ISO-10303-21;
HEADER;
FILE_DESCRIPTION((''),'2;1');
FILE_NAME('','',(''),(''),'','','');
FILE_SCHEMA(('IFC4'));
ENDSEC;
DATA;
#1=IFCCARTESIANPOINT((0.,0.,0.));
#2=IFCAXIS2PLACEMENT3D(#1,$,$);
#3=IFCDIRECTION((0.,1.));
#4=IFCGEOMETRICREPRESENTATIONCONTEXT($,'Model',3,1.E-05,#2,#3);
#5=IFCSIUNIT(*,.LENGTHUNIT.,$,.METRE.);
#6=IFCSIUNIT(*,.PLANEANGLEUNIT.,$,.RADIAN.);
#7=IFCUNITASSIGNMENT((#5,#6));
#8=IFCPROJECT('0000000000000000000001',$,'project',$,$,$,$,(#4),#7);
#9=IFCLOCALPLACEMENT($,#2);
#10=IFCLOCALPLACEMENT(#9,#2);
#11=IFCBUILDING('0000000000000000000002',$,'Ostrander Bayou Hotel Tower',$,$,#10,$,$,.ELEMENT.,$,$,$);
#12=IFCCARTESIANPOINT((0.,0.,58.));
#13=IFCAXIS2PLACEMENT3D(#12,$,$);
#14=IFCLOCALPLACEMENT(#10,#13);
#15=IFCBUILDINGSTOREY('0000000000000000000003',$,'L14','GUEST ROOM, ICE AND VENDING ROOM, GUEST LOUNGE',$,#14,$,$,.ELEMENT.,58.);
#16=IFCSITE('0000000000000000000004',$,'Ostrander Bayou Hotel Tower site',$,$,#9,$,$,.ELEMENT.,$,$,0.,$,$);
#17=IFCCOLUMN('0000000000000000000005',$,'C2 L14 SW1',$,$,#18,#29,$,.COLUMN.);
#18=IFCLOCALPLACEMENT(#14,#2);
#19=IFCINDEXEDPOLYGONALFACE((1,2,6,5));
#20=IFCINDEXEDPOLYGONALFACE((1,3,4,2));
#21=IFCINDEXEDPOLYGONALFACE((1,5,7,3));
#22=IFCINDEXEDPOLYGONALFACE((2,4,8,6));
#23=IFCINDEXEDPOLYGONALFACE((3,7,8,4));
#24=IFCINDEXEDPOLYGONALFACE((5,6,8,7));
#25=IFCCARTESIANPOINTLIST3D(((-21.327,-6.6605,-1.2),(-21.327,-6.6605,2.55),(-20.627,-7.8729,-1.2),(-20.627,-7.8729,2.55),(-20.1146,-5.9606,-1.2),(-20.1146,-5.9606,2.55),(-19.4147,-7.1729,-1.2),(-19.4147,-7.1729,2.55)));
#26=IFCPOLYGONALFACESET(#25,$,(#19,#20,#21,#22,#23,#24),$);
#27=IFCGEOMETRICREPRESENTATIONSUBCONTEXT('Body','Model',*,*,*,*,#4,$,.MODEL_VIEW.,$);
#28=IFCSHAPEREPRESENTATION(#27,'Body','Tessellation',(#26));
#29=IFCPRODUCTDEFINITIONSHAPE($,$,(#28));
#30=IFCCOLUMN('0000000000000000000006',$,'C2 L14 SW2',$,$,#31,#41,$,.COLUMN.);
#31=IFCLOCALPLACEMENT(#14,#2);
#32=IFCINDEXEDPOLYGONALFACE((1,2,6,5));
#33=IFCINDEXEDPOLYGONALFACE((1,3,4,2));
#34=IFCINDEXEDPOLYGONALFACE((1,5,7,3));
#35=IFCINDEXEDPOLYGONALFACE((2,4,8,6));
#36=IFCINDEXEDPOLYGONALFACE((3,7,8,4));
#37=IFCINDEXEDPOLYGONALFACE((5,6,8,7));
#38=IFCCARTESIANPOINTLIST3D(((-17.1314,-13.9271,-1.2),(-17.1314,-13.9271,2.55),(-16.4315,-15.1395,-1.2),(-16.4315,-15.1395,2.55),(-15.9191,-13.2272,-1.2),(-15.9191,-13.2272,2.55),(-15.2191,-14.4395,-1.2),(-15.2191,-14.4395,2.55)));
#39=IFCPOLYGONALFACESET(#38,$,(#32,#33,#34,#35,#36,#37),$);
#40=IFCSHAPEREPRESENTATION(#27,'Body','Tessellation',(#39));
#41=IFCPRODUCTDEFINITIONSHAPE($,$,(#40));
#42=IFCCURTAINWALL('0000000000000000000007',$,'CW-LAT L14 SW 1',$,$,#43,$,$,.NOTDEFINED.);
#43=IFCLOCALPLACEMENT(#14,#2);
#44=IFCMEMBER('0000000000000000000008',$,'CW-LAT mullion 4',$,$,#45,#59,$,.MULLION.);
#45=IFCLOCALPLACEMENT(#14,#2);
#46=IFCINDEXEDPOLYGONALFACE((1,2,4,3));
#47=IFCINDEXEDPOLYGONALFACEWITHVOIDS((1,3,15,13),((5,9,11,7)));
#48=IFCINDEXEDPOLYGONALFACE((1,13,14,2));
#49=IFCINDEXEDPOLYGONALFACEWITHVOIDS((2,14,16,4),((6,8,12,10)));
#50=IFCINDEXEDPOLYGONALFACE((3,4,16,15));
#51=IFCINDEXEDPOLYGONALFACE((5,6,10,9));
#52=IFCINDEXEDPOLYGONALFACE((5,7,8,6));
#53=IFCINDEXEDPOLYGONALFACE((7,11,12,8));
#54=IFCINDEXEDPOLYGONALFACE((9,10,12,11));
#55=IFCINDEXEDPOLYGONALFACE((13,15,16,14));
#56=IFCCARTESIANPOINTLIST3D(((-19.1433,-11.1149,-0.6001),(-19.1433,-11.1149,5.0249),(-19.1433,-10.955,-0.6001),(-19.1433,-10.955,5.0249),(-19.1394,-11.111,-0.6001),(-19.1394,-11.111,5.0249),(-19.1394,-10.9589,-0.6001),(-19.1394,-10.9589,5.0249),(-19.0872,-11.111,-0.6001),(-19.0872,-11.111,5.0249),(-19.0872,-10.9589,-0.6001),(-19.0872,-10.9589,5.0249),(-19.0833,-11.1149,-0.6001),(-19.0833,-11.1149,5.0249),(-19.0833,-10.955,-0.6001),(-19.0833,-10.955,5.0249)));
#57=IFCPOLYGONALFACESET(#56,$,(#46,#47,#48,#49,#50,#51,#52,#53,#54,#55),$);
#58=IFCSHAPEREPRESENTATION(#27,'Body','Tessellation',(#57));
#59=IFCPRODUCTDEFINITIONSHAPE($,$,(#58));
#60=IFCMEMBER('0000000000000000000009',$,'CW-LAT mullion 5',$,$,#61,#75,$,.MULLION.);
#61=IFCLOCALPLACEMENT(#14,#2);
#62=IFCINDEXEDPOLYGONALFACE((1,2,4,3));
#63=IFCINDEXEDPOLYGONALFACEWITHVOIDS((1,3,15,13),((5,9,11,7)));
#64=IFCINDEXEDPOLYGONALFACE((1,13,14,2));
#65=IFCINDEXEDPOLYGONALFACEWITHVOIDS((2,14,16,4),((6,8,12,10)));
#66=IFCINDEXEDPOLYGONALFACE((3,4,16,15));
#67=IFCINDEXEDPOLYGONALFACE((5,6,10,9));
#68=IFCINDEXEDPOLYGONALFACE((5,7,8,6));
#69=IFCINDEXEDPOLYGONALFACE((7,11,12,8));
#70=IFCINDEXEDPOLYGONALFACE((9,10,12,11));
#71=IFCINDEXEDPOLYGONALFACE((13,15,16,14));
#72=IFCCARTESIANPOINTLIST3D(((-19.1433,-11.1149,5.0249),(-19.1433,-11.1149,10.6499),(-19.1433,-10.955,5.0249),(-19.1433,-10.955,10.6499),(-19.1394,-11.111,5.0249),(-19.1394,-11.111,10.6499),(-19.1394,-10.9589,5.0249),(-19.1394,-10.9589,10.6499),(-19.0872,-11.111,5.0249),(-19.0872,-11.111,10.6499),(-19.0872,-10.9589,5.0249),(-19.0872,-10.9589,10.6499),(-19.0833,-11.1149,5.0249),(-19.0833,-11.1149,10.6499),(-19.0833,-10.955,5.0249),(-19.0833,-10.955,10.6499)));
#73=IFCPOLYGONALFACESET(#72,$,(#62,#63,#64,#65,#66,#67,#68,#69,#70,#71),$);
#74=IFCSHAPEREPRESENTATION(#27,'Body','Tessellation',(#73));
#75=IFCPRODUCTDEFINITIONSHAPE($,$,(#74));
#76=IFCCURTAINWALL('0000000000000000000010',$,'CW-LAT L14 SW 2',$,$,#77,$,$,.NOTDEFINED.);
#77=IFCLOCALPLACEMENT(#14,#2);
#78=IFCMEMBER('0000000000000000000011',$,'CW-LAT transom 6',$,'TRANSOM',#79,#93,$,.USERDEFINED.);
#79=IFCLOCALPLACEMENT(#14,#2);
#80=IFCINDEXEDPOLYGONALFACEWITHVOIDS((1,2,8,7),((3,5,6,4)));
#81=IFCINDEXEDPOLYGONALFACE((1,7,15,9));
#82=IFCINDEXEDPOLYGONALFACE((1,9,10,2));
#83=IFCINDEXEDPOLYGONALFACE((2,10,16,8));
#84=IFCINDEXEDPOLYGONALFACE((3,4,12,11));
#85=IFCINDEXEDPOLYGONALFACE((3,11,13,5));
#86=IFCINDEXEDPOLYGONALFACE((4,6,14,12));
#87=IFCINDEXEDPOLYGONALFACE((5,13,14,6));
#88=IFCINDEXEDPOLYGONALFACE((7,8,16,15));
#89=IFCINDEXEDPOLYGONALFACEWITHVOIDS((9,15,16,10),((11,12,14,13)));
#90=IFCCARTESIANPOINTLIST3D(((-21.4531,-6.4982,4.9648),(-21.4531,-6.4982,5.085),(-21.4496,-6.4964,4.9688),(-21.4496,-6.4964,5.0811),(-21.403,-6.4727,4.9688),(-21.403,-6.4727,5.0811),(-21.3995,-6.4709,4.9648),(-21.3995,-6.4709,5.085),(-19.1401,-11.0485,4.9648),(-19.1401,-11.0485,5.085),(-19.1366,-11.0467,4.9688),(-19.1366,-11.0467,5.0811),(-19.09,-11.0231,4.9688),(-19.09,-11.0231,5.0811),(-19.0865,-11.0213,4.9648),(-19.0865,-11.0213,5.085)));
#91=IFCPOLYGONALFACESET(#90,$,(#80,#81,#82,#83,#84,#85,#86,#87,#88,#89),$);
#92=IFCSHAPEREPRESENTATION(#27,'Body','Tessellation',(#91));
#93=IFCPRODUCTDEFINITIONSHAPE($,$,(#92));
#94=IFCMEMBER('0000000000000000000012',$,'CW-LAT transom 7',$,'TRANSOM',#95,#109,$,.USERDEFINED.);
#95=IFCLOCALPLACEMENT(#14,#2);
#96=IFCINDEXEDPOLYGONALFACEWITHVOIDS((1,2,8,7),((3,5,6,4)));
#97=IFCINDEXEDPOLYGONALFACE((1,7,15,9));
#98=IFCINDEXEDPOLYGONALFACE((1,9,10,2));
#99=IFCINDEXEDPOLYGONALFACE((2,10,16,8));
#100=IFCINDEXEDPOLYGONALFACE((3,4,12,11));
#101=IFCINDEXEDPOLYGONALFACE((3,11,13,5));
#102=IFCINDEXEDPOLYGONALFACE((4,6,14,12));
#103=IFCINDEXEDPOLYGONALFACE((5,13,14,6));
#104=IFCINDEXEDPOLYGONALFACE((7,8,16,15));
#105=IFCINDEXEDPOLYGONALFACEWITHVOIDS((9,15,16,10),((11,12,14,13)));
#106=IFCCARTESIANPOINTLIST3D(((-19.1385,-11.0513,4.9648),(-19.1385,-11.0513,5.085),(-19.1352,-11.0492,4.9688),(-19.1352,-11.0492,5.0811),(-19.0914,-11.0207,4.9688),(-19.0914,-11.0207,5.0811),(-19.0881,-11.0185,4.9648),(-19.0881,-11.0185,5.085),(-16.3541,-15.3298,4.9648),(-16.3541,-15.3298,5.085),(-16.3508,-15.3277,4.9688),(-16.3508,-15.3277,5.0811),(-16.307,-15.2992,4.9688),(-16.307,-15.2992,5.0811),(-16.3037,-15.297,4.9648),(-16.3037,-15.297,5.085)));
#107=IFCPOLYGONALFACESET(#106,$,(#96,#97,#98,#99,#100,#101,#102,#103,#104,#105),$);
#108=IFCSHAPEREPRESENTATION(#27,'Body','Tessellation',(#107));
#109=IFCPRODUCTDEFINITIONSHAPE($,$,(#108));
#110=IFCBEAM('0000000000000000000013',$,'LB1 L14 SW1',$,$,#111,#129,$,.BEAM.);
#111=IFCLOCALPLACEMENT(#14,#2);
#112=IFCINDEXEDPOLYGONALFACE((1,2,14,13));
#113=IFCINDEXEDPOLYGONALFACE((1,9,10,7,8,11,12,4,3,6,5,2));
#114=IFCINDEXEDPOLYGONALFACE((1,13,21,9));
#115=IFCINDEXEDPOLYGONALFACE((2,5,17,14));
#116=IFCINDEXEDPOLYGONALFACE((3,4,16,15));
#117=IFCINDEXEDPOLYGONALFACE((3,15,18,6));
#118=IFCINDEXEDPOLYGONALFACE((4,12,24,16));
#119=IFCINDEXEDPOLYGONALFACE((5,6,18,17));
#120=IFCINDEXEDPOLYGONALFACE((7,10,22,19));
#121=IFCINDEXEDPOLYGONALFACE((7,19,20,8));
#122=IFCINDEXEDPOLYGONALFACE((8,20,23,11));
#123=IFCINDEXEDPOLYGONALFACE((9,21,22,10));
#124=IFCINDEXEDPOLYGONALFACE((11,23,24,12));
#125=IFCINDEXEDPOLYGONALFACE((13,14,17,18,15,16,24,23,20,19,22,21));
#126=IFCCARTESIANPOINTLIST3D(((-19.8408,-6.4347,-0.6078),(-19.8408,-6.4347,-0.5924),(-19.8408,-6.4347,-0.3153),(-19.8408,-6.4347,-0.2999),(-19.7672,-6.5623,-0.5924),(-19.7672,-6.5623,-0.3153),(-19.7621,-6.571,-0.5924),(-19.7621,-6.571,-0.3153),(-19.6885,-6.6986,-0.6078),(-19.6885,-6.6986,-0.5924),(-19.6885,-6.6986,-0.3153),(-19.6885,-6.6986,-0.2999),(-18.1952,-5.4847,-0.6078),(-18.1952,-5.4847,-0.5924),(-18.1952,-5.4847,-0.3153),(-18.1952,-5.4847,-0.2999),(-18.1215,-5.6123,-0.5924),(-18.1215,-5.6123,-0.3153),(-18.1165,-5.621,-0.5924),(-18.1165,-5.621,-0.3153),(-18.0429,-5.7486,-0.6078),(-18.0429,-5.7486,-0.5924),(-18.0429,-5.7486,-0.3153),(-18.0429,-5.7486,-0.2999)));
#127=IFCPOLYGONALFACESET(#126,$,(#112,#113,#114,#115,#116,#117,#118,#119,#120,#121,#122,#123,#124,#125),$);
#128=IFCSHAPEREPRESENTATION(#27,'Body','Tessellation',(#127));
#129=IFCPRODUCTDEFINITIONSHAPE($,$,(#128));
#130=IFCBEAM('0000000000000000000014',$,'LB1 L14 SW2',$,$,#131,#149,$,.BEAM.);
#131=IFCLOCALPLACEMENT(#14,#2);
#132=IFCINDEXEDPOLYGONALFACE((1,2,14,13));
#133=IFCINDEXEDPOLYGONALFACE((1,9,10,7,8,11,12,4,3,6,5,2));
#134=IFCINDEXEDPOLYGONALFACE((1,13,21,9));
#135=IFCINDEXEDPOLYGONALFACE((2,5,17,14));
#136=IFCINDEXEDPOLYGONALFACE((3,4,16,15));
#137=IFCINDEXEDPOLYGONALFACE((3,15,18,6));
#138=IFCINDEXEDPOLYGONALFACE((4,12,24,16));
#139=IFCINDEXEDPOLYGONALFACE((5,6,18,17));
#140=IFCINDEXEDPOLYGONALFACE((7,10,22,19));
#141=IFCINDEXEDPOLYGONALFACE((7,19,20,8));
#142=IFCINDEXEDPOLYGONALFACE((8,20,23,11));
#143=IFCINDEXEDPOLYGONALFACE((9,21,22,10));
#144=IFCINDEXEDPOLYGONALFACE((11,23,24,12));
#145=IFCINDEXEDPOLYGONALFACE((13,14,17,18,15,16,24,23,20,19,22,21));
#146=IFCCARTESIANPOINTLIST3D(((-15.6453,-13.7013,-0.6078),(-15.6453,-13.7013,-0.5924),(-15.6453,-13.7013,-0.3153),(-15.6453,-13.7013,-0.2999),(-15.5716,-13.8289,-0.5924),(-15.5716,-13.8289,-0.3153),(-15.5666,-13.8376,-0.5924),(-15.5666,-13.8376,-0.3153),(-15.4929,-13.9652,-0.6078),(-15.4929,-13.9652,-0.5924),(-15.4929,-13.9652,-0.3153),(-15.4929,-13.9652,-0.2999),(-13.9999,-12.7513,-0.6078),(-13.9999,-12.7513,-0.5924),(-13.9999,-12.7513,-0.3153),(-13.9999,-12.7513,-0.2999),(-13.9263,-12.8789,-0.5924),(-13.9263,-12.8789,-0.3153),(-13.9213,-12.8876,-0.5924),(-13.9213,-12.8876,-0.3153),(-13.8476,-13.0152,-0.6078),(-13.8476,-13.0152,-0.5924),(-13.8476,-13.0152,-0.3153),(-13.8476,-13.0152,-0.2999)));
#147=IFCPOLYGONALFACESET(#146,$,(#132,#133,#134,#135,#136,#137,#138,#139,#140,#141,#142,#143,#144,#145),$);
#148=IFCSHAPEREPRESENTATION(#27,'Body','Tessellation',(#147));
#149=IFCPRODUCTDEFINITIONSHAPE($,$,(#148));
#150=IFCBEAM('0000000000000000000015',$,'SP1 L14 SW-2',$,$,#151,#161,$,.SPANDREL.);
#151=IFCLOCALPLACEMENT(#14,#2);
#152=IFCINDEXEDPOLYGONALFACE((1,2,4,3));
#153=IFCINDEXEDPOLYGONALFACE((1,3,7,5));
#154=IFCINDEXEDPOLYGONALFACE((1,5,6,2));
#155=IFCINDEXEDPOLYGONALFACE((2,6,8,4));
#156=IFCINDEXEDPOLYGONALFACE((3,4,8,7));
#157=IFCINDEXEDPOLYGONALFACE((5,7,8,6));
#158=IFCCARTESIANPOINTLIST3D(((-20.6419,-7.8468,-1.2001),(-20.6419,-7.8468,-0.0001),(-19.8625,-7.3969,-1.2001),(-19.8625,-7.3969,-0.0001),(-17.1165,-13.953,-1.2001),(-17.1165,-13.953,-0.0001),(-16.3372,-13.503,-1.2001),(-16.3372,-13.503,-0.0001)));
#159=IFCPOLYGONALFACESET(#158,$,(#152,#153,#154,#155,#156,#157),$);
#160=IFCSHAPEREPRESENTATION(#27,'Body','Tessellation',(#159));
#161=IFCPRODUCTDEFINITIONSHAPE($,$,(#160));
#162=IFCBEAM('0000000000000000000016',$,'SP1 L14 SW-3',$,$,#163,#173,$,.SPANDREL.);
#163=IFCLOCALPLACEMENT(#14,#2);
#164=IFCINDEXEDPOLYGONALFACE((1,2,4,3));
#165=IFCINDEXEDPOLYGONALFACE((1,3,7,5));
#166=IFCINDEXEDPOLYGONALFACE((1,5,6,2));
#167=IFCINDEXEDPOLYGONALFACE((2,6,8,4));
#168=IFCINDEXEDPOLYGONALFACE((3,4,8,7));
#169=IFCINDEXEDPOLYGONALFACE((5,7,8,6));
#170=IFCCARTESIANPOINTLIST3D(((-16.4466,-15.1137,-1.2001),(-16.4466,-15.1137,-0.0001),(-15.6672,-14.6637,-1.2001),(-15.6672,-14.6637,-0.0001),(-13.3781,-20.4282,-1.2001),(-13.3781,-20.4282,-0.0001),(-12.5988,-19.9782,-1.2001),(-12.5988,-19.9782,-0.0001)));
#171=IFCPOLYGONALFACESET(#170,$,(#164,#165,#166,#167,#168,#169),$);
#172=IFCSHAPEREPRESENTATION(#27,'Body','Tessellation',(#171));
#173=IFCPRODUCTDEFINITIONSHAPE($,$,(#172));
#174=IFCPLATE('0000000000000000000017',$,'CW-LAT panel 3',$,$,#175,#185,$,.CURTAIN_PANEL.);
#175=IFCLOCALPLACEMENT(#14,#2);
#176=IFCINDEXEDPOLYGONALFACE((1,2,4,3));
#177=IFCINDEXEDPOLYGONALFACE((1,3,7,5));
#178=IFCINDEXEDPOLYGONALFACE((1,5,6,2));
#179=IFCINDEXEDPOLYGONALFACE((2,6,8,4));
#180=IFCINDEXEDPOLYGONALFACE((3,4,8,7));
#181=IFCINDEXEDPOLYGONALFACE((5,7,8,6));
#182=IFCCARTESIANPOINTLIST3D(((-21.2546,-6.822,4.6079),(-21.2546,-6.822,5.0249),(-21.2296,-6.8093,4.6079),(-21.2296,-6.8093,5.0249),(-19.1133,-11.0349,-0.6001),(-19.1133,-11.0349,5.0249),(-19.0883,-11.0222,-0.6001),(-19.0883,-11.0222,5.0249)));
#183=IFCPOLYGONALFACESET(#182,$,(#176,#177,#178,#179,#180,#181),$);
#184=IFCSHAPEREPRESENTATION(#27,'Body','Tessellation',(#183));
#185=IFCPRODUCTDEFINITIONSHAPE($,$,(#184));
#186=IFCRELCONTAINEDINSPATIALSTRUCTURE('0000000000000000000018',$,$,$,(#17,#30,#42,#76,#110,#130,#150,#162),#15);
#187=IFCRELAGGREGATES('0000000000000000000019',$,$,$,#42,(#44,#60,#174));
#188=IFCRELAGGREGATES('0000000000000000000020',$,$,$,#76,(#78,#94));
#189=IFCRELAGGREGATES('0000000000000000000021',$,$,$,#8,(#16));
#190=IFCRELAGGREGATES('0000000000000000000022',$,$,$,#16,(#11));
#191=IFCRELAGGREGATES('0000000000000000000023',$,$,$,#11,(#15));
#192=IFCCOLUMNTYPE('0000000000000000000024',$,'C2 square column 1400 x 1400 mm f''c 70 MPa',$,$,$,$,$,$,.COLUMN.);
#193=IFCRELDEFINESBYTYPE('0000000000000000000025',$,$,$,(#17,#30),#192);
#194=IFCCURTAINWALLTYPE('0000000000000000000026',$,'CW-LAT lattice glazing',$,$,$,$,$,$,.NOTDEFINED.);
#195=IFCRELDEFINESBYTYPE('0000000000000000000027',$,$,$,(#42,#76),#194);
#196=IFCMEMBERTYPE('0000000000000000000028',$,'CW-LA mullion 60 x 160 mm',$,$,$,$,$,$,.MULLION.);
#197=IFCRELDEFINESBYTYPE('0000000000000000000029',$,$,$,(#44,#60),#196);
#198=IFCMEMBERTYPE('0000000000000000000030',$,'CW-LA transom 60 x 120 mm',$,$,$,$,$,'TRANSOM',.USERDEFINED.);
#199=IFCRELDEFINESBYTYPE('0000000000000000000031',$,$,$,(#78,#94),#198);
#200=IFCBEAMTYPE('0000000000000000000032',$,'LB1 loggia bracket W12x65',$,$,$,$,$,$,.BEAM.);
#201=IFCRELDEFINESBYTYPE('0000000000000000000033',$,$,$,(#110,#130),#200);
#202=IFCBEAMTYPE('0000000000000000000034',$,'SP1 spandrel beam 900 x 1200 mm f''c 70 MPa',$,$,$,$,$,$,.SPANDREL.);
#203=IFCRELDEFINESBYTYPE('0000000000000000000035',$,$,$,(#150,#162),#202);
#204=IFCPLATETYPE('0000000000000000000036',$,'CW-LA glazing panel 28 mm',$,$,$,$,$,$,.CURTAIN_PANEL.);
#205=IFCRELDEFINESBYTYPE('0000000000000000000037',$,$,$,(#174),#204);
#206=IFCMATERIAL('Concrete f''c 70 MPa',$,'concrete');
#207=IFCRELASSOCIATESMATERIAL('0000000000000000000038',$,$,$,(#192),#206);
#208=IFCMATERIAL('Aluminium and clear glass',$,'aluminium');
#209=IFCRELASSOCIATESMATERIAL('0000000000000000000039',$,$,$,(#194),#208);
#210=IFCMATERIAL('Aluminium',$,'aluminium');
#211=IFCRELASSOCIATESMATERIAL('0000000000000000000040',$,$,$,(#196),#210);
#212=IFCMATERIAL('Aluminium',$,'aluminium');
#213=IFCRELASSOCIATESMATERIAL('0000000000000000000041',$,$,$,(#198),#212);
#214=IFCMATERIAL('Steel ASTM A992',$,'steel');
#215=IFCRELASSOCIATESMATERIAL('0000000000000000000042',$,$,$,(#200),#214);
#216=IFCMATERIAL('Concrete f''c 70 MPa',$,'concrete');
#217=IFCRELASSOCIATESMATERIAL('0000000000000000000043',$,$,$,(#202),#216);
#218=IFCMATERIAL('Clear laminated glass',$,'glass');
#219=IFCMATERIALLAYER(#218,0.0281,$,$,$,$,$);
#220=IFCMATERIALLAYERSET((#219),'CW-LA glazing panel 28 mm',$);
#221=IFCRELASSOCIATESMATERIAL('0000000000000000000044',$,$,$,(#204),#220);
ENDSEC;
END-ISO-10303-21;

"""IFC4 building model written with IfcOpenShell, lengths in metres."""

from ifc_helpers import new_model, si_unit, direction, frame, origin, origin_2d, place, context, subcontext, project, spatial, polyline, rectangle, hollow_rectangle, i_section, outline, extrude, material, layer, layer_set, material_profile, profile_set, type_object, element, aggregate, save


model = new_model("IFC4")

# Units and contexts
model_context = context("Model", 3, precision=1e-05, world=origin(), true_north=direction((0.0, 1.0)))
body_context = subcontext(model_context, "Body", "Model", "MODEL_VIEW")
ifc_project = project(units=[si_unit("LENGTHUNIT", "METRE"), si_unit("PLANEANGLEUNIT", "RADIAN")], contexts=[model_context])

# Site, building, storey
site_placement = place(None, origin())
site = spatial("IfcSite", under=ifc_project, at=site_placement, Name="Ostrander Bayou Hotel Tower site", CompositionType="ELEMENT", RefElevation=0.0)
building_placement = place(site_placement, origin())
building = spatial("IfcBuilding", under=site, at=building_placement, Name="Ostrander Bayou Hotel Tower", CompositionType="ELEMENT")
storey_placement = place(building_placement, frame((0.0, 0.0, 58.0)))
storey = spatial("IfcBuildingStorey", under=building, at=storey_placement, Name="L14", Description="GUEST ROOM, ICE AND VENDING ROOM, GUEST LOUNGE", CompositionType="ELEMENT", Elevation=58.0)

# Columns
ifc_material_1 = material(Name="Concrete f'c 70 MPa", Category="concrete")
ifc_material_profile_1 = material_profile(ifc_material_1, rectangle(XDim=1.3999, YDim=1.3999, at=origin_2d()))
ifc_profile_set_1 = profile_set([ifc_material_profile_1], Name="Concrete f'c 70 MPa")
column_type = type_object("IfcColumnType", Name="C2 square column 1400 x 1400 mm f'c 70 MPa", PredefinedType="COLUMN", material=ifc_profile_set_1)
for number, where, z_axis, x_axis, name in (
    (1, (-20.3708, -6.9167, -1.2), (0.0, 0.0, 1.0), (-0.5, 0.866025, 0.0), "C2 L14 SW1"),
    (2, (-16.1753, -14.1833, -1.2), (0.0, 0.0, 1.0), (-0.5, 0.866025, 0.0), "C2 L14 SW2"),
):
    element("IfcColumn", number, at=place(storey_placement, frame(where, z_axis=z_axis, x_axis=x_axis)), inside=storey, type_object=column_type, Name=name, PredefinedType="COLUMN", context=body_context, shape_type="SweptSolid", body=[
        extrude(rectangle(XDim=1.3999, YDim=1.3999, at=origin_2d()), origin(), (0.0, 0.0, 1.0), 3.75),
    ])

# Curtain walls, members
ifc_material_2 = material(Name="Aluminium and clear glass", Category="aluminium")
curtain_wall_type = type_object("IfcCurtainWallType", Name="CW-LAT lattice glazing", PredefinedType="NOTDEFINED", material=ifc_material_2)
curtain_wall_1_placement = place(storey_placement, origin())
curtain_wall_1 = element("IfcCurtainWall", 3, at=curtain_wall_1_placement, inside=storey, type_object=curtain_wall_type, Name="CW-LAT L14 SW 1", PredefinedType="NOTDEFINED")
ifc_material_3 = material(Name="Aluminium", Category="aluminium")
ifc_material_profile_2 = material_profile(ifc_material_3, hollow_rectangle(XDim=0.0601, YDim=0.1599, WallThickness=0.0039, at=origin_2d()))
ifc_profile_set_2 = profile_set([ifc_material_profile_2], Name="Aluminium")
member_type_1 = type_object("IfcMemberType", Name="CW-LA mullion 60 x 160 mm", PredefinedType="MULLION", material=ifc_profile_set_2)
member_1_placement = place(storey_placement, frame((-19.1133, -11.0349, -0.6001), z_axis=(0.0, 0.0, 1.0), x_axis=(1.0, 0.0, 0.0)))
member_1 = element("IfcMember", 4, at=member_1_placement, type_object=member_type_1, Name="CW-LAT mullion 4", PredefinedType="MULLION", context=body_context, shape_type="SweptSolid", body=[
    extrude(hollow_rectangle(XDim=0.0601, YDim=0.1599, WallThickness=0.0039, at=origin_2d()), origin(), (0.0, 0.0, 1.0), 5.625),
])
member_2_placement = place(storey_placement, frame((-19.1133, -11.0349, 5.0249), z_axis=(0.0, 0.0, 1.0), x_axis=(1.0, 0.0, 0.0)))
member_2 = element("IfcMember", 5, at=member_2_placement, type_object=member_type_1, Name="CW-LAT mullion 5", PredefinedType="MULLION", context=body_context, shape_type="SweptSolid", body=[
    extrude(hollow_rectangle(XDim=0.0601, YDim=0.1599, WallThickness=0.0039, at=origin_2d()), origin(), (0.0, 0.0, 1.0), 5.625),
])
curtain_wall_2_placement = place(storey_placement, origin())
curtain_wall_2 = element("IfcCurtainWall", 6, at=curtain_wall_2_placement, inside=storey, type_object=curtain_wall_type, Name="CW-LAT L14 SW 2", PredefinedType="NOTDEFINED")
ifc_material_4 = material(Name="Aluminium", Category="aluminium")
ifc_material_profile_3 = material_profile(ifc_material_4, hollow_rectangle(XDim=0.0601, YDim=0.1201, WallThickness=0.0039, at=origin_2d()))
ifc_profile_set_3 = profile_set([ifc_material_profile_3], Name="Aluminium")
member_type_2 = type_object("IfcMemberType", Name="CW-LA transom 60 x 120 mm", ElementType="TRANSOM", PredefinedType="USERDEFINED", material=ifc_profile_set_3)
member_3_placement = place(storey_placement, frame((-19.1133, -11.0349, 5.0249), z_axis=(-0.453135, 0.891442, 0.0), x_axis=(-0.891442, -0.453135, 0.0)))
member_3 = element("IfcMember", 7, at=member_3_placement, type_object=member_type_2, Name="CW-LAT transom 6", ObjectType="TRANSOM", PredefinedType="USERDEFINED", context=body_context, shape_type="SweptSolid", body=[
    extrude(hollow_rectangle(XDim=0.0601, YDim=0.1201, WallThickness=0.0039, at=origin_2d()), origin(), (0.0, 0.0, 1.0), 5.1045),
])
member_4_placement = place(storey_placement, frame((-19.1133, -11.0349, 5.0249), z_axis=(0.545451, -0.838143, 0.0), x_axis=(0.838143, 0.545451, 0.0)))
member_4 = element("IfcMember", 8, at=member_4_placement, type_object=member_type_2, Name="CW-LAT transom 7", ObjectType="TRANSOM", PredefinedType="USERDEFINED", context=body_context, shape_type="SweptSolid", body=[
    extrude(hollow_rectangle(XDim=0.0601, YDim=0.1201, WallThickness=0.0039, at=origin_2d()), origin(), (0.0, 0.0, 1.0), 5.1047),
])

# Beams
ifc_material_5 = material(Name="Steel ASTM A992", Category="steel")
ifc_material_profile_4 = material_profile(ifc_material_5, i_section(OverallWidth=0.3047, OverallDepth=0.3079, WebThickness=0.01, FlangeThickness=0.0154, at=origin_2d()))
ifc_profile_set_4 = profile_set([ifc_material_profile_4], Name="Steel ASTM A992")
beam_type_1 = type_object("IfcBeamType", Name="LB1 loggia bracket W12x65", PredefinedType="BEAM", material=ifc_profile_set_4)
beam_1_placement = place(storey_placement, frame((-19.7646, -6.5667, -0.4539), z_axis=(0.866044, 0.499967, 0.0), x_axis=(-0.499967, 0.866044, 0.0)))
element("IfcBeam", 9, at=beam_1_placement, inside=storey, type_object=beam_type_1, Name="LB1 L14 SW1", PredefinedType="BEAM", context=body_context, shape_type="SweptSolid", body=[
    extrude(i_section(OverallWidth=0.3047, OverallDepth=0.3079, WebThickness=0.01, FlangeThickness=0.0154, at=origin_2d()), origin(), (0.0, 0.0, 1.0), 1.9001),
])
beam_2_placement = place(storey_placement, frame((-15.5691, -13.8333, -0.4539), z_axis=(0.866012, 0.500023, 0.0), x_axis=(-0.500023, 0.866012, 0.0)))
element("IfcBeam", 10, at=beam_2_placement, inside=storey, type_object=beam_type_1, Name="LB1 L14 SW2", PredefinedType="BEAM", context=body_context, shape_type="SweptSolid", body=[
    extrude(i_section(OverallWidth=0.3047, OverallDepth=0.3079, WebThickness=0.01, FlangeThickness=0.0154, at=origin_2d()), origin(), (0.0, 0.0, 1.0), 1.8999),
])
ifc_material_6 = material(Name="Concrete f'c 70 MPa", Category="concrete")
ifc_material_profile_5 = material_profile(ifc_material_6, rectangle(XDim=0.8999, YDim=1.2, at=origin_2d()))
ifc_profile_set_5 = profile_set([ifc_material_profile_5], Name="Concrete f'c 70 MPa")
beam_type_2 = type_object("IfcBeamType", Name="SP1 spandrel beam 900 x 1200 mm f'c 70 MPa", PredefinedType="SPANDREL", material=ifc_profile_set_5)
beam_3_placement = place(storey_placement, frame((-20.2522, -7.6218, -0.6001), z_axis=(0.499997, -0.866027, 0.0), x_axis=(0.866027, 0.499997, 0.0)))
element("IfcBeam", 11, at=beam_3_placement, inside=storey, type_object=beam_type_2, Name="SP1 L14 SW-2", PredefinedType="SPANDREL", context=body_context, shape_type="SweptSolid", body=[
    extrude(rectangle(XDim=0.8999, YDim=1.2, at=origin_2d()), origin(), (0.0, 0.0, 1.0), 7.0508),
])
beam_4_placement = place(storey_placement, frame((-16.0569, -14.8887, -0.6001), z_axis=(0.500007, -0.866021, 0.0), x_axis=(0.866021, 0.500007, 0.0)))
element("IfcBeam", 12, at=beam_4_placement, inside=storey, type_object=beam_type_2, Name="SP1 L14 SW-3", PredefinedType="SPANDREL", context=body_context, shape_type="SweptSolid", body=[
    extrude(rectangle(XDim=0.8999, YDim=1.2, at=origin_2d()), origin(), (0.0, 0.0, 1.0), 6.1367),
])

# Plate
ifc_material_7 = material(Name="Clear laminated glass", Category="glass")
ifc_layer_1 = layer(ifc_material_7, 0.0281)
ifc_layer_set_1 = layer_set([ifc_layer_1], Name="CW-LA glazing panel 28 mm")
plate_type = type_object("IfcPlateType", Name="CW-LA glazing panel 28 mm", PredefinedType="CURTAIN_PANEL", material=ifc_layer_set_1)
plate_1_placement = place(storey_placement, frame((-21.2546, -6.822, 4.6079), z_axis=(-0.891453, -0.453114, 0.0), x_axis=(0.304491, -0.599053, -0.740554)))
plate_1 = element("IfcPlate", 13, at=plate_1_placement, type_object=plate_type, Name="CW-LAT panel 3", PredefinedType="CURTAIN_PANEL", context=body_context, shape_type="SweptSolid", body=[
    extrude(outline(polyline([(0.0, 0.0), (7.0326, 0.0), (2.867, 3.78), (-0.3088, 0.2802), (0.0, 0.0)])), origin(), (0.0, 0.0, -1.0), 0.0281),
])
aggregate(curtain_wall_1, [member_1, member_2, plate_1])
aggregate(curtain_wall_2, [member_3, member_4])

save(model, "model.ifc")
